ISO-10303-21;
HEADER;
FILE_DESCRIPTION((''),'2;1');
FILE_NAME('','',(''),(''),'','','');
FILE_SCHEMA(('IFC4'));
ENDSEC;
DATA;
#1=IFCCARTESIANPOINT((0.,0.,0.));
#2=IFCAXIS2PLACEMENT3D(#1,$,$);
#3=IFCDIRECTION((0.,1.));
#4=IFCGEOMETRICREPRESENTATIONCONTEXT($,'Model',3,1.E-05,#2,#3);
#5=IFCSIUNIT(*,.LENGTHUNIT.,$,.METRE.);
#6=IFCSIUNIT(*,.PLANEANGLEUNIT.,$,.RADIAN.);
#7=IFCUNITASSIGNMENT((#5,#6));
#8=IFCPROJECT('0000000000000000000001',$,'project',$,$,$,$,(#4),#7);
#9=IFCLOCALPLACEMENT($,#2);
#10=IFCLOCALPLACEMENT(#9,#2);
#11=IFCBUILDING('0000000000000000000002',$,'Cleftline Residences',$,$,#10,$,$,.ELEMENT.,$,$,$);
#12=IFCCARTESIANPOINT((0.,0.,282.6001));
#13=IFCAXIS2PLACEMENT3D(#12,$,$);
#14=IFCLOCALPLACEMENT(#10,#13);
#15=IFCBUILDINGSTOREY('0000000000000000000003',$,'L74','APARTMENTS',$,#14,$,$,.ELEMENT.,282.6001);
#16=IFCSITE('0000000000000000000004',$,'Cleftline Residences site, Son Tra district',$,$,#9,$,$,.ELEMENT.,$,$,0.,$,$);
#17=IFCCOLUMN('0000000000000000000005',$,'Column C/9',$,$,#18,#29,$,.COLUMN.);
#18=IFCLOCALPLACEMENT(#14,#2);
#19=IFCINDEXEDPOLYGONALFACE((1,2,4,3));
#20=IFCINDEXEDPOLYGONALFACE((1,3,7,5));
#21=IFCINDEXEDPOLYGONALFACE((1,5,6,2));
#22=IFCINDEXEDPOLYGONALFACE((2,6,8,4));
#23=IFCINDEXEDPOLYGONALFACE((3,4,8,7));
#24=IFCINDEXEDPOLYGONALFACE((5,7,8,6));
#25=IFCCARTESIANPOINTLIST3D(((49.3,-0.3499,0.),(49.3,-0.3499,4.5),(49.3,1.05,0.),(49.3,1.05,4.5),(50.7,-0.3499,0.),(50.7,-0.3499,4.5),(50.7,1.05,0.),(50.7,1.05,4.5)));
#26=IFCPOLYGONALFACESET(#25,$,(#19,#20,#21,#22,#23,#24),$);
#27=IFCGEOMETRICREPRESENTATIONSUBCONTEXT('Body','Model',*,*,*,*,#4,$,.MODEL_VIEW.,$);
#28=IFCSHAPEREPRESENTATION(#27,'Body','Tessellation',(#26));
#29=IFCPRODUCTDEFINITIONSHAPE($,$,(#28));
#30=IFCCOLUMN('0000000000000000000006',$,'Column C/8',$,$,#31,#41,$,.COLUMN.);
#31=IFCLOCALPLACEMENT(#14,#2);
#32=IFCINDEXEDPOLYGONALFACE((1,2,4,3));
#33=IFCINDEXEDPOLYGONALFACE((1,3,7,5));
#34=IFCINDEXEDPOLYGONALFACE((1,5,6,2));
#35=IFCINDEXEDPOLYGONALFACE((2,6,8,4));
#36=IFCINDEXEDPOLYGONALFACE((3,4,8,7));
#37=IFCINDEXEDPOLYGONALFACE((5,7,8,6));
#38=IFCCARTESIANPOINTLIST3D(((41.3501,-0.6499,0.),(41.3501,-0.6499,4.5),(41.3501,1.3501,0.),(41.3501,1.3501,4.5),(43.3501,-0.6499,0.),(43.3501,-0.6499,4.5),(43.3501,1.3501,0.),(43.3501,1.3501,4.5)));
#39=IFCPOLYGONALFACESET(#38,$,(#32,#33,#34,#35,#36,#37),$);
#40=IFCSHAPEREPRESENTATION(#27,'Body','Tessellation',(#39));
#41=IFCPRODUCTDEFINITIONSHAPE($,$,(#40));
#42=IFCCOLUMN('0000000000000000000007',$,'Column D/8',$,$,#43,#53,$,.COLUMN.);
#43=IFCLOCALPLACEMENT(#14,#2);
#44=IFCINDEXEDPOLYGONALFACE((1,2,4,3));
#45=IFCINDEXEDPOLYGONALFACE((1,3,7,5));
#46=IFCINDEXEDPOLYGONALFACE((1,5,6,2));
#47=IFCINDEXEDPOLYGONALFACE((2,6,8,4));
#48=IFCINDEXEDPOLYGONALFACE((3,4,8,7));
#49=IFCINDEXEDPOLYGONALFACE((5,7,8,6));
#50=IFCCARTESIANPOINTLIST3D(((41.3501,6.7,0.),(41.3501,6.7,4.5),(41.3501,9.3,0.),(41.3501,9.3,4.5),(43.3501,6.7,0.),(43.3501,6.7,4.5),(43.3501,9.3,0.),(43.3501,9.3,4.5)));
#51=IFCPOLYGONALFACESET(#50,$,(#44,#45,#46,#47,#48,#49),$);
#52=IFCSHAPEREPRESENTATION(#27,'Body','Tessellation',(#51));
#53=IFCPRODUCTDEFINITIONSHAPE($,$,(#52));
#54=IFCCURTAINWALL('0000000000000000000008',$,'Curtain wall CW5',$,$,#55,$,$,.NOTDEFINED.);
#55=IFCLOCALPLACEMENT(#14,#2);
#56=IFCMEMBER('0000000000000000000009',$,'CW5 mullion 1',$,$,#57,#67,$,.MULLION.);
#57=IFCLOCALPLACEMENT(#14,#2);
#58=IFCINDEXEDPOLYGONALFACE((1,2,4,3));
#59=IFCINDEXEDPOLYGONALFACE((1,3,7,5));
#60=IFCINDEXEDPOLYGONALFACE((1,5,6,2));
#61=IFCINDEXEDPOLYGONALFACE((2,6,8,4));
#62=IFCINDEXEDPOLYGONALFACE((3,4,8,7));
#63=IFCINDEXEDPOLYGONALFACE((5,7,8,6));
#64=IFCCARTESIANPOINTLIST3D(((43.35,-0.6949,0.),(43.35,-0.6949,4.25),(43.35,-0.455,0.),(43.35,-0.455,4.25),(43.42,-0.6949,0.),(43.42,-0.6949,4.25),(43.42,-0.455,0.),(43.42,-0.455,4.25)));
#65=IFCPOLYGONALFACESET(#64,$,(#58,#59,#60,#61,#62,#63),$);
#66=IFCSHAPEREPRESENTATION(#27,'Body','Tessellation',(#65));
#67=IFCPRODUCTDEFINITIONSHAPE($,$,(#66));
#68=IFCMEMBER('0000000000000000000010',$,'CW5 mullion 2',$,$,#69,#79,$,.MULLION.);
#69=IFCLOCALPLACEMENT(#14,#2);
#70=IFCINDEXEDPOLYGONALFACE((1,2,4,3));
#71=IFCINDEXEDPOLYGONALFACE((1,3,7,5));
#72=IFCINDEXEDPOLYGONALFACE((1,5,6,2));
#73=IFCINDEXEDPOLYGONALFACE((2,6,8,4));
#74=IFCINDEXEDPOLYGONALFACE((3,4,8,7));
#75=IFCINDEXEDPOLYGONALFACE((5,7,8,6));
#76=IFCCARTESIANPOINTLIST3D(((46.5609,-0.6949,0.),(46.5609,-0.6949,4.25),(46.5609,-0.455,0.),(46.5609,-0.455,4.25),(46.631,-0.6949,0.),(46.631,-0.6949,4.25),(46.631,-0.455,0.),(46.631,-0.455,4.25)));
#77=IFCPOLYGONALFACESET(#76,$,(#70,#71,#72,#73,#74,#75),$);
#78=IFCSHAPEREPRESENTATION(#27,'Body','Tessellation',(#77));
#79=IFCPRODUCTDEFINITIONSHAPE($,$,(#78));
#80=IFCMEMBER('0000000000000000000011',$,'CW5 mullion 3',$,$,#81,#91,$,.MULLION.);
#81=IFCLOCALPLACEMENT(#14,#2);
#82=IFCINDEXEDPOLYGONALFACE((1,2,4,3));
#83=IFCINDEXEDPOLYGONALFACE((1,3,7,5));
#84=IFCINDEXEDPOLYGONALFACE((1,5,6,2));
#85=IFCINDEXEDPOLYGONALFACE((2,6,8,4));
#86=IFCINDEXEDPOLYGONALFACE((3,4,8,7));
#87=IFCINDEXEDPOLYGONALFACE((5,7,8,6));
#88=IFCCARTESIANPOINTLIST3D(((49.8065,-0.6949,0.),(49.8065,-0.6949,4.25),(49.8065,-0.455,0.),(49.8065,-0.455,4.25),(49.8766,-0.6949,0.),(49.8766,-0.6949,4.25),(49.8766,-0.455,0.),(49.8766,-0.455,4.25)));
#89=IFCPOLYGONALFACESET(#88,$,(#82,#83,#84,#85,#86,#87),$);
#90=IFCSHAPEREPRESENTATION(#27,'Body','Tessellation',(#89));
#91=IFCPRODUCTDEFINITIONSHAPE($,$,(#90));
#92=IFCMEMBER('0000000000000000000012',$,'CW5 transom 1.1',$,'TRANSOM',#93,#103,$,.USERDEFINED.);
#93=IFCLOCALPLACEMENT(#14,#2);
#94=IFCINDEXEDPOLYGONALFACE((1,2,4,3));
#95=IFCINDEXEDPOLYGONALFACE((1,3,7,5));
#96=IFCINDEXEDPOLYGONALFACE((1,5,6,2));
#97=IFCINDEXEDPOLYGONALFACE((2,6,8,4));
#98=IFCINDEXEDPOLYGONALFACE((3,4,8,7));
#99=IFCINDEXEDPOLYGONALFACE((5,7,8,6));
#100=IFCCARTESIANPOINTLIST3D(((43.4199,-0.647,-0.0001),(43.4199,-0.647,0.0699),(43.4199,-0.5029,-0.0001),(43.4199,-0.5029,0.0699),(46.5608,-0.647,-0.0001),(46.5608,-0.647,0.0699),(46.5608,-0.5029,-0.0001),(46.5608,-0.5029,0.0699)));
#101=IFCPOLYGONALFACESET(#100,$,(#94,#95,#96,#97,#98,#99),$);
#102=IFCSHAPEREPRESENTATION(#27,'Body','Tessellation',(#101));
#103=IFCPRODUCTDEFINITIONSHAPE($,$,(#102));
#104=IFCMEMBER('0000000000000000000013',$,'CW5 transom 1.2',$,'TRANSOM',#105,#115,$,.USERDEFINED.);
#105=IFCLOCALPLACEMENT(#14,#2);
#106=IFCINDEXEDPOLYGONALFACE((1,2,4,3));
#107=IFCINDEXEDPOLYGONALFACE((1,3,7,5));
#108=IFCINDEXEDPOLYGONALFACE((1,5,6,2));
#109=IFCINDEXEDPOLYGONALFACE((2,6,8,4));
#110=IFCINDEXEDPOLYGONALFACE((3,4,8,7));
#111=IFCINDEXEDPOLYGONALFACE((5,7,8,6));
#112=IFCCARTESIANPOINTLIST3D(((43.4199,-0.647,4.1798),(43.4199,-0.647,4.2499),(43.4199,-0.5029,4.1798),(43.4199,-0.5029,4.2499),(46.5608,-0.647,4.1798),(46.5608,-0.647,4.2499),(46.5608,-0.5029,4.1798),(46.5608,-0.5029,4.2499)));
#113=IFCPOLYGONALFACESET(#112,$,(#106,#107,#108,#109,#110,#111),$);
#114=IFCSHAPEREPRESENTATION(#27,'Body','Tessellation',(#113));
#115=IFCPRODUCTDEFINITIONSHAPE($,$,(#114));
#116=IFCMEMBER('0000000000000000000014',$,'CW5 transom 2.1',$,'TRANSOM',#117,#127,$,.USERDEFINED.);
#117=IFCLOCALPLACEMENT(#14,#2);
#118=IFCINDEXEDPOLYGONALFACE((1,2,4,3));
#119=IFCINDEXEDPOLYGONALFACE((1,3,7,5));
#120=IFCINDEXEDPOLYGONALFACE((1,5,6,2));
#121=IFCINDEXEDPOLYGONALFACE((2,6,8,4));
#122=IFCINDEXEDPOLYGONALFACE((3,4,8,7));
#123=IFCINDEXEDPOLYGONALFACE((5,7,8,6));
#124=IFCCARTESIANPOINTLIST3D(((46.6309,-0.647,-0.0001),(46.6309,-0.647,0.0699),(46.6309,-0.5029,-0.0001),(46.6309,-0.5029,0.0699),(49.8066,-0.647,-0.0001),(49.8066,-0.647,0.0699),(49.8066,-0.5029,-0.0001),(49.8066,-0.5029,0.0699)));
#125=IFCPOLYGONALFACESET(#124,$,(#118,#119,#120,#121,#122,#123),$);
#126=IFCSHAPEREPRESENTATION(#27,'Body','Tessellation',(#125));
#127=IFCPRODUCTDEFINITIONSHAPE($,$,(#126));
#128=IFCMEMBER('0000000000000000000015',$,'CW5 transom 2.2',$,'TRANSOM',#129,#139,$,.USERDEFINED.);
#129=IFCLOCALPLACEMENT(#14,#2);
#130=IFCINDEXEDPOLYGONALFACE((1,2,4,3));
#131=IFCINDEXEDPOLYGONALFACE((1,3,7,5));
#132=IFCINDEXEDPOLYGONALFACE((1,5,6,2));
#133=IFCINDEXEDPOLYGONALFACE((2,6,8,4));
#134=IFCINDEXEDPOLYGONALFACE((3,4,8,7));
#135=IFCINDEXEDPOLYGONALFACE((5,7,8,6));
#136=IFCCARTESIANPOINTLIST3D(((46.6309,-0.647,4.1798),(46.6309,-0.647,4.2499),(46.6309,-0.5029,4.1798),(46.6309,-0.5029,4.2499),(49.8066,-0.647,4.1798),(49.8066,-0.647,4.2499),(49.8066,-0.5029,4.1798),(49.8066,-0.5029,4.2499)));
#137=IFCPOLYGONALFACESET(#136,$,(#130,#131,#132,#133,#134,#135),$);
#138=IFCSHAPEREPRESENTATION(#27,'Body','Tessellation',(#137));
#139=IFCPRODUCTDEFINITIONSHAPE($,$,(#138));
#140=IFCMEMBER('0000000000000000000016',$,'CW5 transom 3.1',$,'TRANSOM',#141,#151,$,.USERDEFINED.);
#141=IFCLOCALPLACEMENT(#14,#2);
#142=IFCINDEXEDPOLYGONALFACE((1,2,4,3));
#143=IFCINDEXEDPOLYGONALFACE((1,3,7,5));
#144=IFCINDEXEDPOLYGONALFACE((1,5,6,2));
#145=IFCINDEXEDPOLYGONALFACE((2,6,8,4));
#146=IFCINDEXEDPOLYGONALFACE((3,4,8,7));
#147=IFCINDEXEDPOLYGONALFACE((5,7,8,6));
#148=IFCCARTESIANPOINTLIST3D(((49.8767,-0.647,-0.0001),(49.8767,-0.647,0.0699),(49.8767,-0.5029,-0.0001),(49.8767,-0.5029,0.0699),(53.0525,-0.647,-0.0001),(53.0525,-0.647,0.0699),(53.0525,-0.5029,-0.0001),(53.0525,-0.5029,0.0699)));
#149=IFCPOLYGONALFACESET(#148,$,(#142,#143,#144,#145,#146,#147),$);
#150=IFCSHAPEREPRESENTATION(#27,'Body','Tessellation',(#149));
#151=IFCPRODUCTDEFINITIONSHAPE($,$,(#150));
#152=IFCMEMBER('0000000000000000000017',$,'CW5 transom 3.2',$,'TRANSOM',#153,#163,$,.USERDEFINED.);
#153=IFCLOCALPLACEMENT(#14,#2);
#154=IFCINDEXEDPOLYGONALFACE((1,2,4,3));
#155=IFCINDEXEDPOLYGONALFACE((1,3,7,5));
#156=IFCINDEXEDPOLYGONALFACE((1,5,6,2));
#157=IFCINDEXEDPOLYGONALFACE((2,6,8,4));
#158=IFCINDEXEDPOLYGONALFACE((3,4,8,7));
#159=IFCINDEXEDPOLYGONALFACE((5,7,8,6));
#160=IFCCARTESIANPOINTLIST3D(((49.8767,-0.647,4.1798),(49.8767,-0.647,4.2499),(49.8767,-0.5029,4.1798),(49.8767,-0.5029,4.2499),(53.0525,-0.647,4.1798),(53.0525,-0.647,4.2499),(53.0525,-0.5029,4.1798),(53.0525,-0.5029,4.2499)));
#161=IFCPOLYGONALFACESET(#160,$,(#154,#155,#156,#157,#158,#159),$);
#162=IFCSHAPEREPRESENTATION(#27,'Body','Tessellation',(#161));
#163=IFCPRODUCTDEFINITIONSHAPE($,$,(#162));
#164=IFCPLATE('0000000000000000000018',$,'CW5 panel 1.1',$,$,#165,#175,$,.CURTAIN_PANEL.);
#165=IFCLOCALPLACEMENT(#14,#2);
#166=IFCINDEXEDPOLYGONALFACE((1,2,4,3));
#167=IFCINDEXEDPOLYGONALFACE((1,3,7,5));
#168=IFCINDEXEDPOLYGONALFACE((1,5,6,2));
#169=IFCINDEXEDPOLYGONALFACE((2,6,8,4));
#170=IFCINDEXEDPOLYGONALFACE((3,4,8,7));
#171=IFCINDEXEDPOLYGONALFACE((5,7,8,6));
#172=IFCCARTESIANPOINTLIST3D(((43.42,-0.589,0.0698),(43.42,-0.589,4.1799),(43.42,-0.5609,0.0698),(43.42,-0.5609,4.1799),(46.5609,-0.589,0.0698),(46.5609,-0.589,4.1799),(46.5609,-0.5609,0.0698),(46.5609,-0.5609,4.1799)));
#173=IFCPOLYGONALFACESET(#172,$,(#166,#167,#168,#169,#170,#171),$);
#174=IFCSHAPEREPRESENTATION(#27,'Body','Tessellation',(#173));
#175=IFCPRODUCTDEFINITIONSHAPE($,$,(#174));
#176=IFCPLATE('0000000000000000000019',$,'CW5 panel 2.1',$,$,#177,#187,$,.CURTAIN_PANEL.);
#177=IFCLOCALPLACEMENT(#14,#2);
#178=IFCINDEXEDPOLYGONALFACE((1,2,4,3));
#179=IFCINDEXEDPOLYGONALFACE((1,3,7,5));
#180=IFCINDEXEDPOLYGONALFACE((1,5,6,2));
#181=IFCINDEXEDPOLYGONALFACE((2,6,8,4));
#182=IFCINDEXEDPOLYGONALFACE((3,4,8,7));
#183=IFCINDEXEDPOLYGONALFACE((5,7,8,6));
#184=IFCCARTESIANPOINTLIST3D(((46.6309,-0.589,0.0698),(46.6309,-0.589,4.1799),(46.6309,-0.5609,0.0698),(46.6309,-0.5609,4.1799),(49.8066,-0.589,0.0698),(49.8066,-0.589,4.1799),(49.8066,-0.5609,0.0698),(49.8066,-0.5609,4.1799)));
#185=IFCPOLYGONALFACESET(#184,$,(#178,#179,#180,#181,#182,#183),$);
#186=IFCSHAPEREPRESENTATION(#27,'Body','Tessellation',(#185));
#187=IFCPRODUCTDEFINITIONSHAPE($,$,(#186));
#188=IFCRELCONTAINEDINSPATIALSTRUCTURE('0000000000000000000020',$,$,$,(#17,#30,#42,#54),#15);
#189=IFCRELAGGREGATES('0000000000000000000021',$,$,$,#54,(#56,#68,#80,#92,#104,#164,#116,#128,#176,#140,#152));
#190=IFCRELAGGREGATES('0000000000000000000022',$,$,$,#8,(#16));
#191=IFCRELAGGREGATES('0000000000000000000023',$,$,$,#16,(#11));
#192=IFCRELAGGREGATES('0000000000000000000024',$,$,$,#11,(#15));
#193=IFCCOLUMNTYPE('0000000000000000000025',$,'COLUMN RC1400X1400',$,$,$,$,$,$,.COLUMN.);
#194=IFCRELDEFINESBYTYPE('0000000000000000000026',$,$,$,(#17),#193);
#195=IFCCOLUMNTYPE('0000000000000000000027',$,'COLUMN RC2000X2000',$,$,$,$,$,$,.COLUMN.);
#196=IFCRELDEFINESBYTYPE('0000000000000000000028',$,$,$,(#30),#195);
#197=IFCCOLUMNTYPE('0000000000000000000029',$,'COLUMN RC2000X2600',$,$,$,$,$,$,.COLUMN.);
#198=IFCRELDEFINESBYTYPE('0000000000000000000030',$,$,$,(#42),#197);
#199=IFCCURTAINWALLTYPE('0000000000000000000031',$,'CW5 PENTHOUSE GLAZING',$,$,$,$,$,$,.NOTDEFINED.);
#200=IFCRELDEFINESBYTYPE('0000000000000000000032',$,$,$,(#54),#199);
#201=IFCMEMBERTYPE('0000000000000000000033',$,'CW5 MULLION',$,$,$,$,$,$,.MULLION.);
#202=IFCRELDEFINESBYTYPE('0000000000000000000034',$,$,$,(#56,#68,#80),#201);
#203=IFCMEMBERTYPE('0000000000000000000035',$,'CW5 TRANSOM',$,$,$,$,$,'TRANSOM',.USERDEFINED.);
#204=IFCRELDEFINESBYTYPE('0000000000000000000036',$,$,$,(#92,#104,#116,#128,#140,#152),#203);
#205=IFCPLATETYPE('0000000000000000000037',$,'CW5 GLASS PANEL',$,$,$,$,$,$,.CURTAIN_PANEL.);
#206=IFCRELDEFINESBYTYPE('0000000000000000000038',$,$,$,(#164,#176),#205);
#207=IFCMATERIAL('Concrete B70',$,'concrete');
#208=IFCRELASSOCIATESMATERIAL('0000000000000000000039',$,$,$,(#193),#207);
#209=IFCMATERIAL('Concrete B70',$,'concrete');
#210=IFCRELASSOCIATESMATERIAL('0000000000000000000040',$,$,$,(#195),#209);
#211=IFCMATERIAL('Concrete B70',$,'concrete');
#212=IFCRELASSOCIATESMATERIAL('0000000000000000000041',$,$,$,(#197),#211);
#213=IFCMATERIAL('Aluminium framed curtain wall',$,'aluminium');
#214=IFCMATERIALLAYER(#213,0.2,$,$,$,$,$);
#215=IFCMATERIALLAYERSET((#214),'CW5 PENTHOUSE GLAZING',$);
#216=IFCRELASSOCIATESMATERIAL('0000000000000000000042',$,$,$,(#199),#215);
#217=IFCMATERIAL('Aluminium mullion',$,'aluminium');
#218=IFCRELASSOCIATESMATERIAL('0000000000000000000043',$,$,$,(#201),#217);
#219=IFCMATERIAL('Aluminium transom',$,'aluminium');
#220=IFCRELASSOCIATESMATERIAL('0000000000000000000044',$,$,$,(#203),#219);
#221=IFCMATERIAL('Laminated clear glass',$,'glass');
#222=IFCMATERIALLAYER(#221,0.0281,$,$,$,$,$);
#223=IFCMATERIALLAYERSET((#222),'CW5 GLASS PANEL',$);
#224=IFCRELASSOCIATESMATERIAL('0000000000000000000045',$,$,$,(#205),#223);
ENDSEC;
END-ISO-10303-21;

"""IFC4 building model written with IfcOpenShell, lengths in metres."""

from ifc_helpers import new_model, si_unit, direction, frame, origin, origin_2d, place, context, subcontext, project, spatial, rectangle, extrude, material, layer, layer_set, material_profile, profile_set, type_object, element, aggregate, save


model = new_model("IFC4")

# Units and contexts
model_context = context("Model", 3, precision=1e-05, world=origin(), true_north=direction((0.0, 1.0)))
body_context = subcontext(model_context, "Body", "Model", "MODEL_VIEW")
ifc_project = project(units=[si_unit("LENGTHUNIT", "METRE"), si_unit("PLANEANGLEUNIT", "RADIAN")], contexts=[model_context])

# Site, building, storey
site_placement = place(None, origin())
site = spatial("IfcSite", under=ifc_project, at=site_placement, Name="Cleftline Residences site, Son Tra district", CompositionType="ELEMENT", RefElevation=0.0)
building_placement = place(site_placement, origin())
building = spatial("IfcBuilding", under=site, at=building_placement, Name="Cleftline Residences", CompositionType="ELEMENT")
storey_placement = place(building_placement, frame((0.0, 0.0, 282.6001)))
storey = spatial("IfcBuildingStorey", under=building, at=storey_placement, Name="L74", Description="APARTMENTS", CompositionType="ELEMENT", Elevation=282.6001)

# Columns
ifc_material_1 = material(Name="Concrete B70", Category="concrete")
ifc_material_profile_1 = material_profile(ifc_material_1, rectangle(XDim=1.3999, YDim=1.3999, at=origin_2d()))
ifc_profile_set_1 = profile_set([ifc_material_profile_1], Name="Concrete B70")
column_type_1 = type_object("IfcColumnType", Name="COLUMN RC1400X1400", PredefinedType="COLUMN", material=ifc_profile_set_1)
column_1_placement = place(storey_placement, frame((50.0, 0.3501, 0.0), z_axis=(0.0, 0.0, 1.0), x_axis=(1.0, 0.0, 0.0)))
element("IfcColumn", 1, at=column_1_placement, inside=storey, type_object=column_type_1, Name="Column C/9", PredefinedType="COLUMN", context=body_context, shape_type="SweptSolid", body=[
    extrude(rectangle(XDim=1.3999, YDim=1.3999, at=origin_2d()), origin(), (0.0, 0.0, 1.0), 4.5),
])
ifc_material_2 = material(Name="Concrete B70", Category="concrete")
ifc_material_profile_2 = material_profile(ifc_material_2, rectangle(XDim=2.0, YDim=2.0, at=origin_2d()))
ifc_profile_set_2 = profile_set([ifc_material_profile_2], Name="Concrete B70")
column_type_2 = type_object("IfcColumnType", Name="COLUMN RC2000X2000", PredefinedType="COLUMN", material=ifc_profile_set_2)
column_2_placement = place(storey_placement, frame((42.3501, 0.3501, 0.0), z_axis=(0.0, 0.0, 1.0), x_axis=(1.0, 0.0, 0.0)))
element("IfcColumn", 2, at=column_2_placement, inside=storey, type_object=column_type_2, Name="Column C/8", PredefinedType="COLUMN", context=body_context, shape_type="SweptSolid", body=[
    extrude(rectangle(XDim=2.0, YDim=2.0, at=origin_2d()), origin(), (0.0, 0.0, 1.0), 4.5),
])
ifc_material_3 = material(Name="Concrete B70", Category="concrete")
ifc_material_profile_3 = material_profile(ifc_material_3, rectangle(XDim=2.0, YDim=2.6001, at=origin_2d()))
ifc_profile_set_3 = profile_set([ifc_material_profile_3], Name="Concrete B70")
column_type_3 = type_object("IfcColumnType", Name="COLUMN RC2000X2600", PredefinedType="COLUMN", material=ifc_profile_set_3)
column_3_placement = place(storey_placement, frame((42.3501, 8.0, 0.0), z_axis=(0.0, 0.0, 1.0), x_axis=(1.0, 0.0, 0.0)))
element("IfcColumn", 3, at=column_3_placement, inside=storey, type_object=column_type_3, Name="Column D/8", PredefinedType="COLUMN", context=body_context, shape_type="SweptSolid", body=[
    extrude(rectangle(XDim=2.0, YDim=2.6001, at=origin_2d()), origin(), (0.0, 0.0, 1.0), 4.5),
])

# Curtain wall, members, plates
ifc_material_4 = material(Name="Aluminium framed curtain wall", Category="aluminium")
ifc_layer_1 = layer(ifc_material_4, 0.2)
ifc_layer_set_1 = layer_set([ifc_layer_1], Name="CW5 PENTHOUSE GLAZING")
curtain_wall_type = type_object("IfcCurtainWallType", Name="CW5 PENTHOUSE GLAZING", PredefinedType="NOTDEFINED", material=ifc_layer_set_1)
curtain_wall_placement = place(storey_placement, origin())
curtain_wall = element("IfcCurtainWall", 4, at=curtain_wall_placement, inside=storey, type_object=curtain_wall_type, Name="Curtain wall CW5", PredefinedType="NOTDEFINED")
ifc_material_5 = material(Name="Aluminium mullion", Category="aluminium")
ifc_material_profile_4 = material_profile(ifc_material_5, rectangle(XDim=0.24, YDim=0.0701, at=origin_2d()))
ifc_profile_set_4 = profile_set([ifc_material_profile_4], Name="Aluminium mullion")
member_type_1 = type_object("IfcMemberType", Name="CW5 MULLION", PredefinedType="MULLION", material=ifc_profile_set_4)
member_1_placement = place(storey_placement, frame((43.385, -0.575, 0.0), z_axis=(0.0, 0.0, 1.0), x_axis=(0.0, 1.0, 0.0)))
member_1 = element("IfcMember", 5, at=member_1_placement, type_object=member_type_1, Name="CW5 mullion 1", PredefinedType="MULLION", context=body_context, shape_type="SweptSolid", body=[
    extrude(rectangle(XDim=0.24, YDim=0.0701, at=origin_2d()), origin(), (0.0, 0.0, 1.0), 4.25),
])
member_2_placement = place(storey_placement, frame((46.5959, -0.575, 0.0), z_axis=(0.0, 0.0, 1.0), x_axis=(0.0, 1.0, 0.0)))
member_2 = element("IfcMember", 6, at=member_2_placement, type_object=member_type_1, Name="CW5 mullion 2", PredefinedType="MULLION", context=body_context, shape_type="SweptSolid", body=[
    extrude(rectangle(XDim=0.24, YDim=0.0701, at=origin_2d()), origin(), (0.0, 0.0, 1.0), 4.25),
])
member_3_placement = place(storey_placement, frame((49.8416, -0.575, 0.0), z_axis=(0.0, 0.0, 1.0), x_axis=(0.0, 1.0, 0.0)))
member_3 = element("IfcMember", 7, at=member_3_placement, type_object=member_type_1, Name="CW5 mullion 3", PredefinedType="MULLION", context=body_context, shape_type="SweptSolid", body=[
    extrude(rectangle(XDim=0.24, YDim=0.0701, at=origin_2d()), origin(), (0.0, 0.0, 1.0), 4.25),
])
ifc_material_6 = material(Name="Aluminium transom", Category="aluminium")
ifc_material_profile_5 = material_profile(ifc_material_6, rectangle(XDim=0.144, YDim=0.0701, at=origin_2d()))
ifc_profile_set_5 = profile_set([ifc_material_profile_5], Name="Aluminium transom")
member_type_2 = type_object("IfcMemberType", Name="CW5 TRANSOM", ElementType="TRANSOM", PredefinedType="USERDEFINED", material=ifc_profile_set_5)
member_4_placement = place(storey_placement, frame((43.4199, -0.575, 0.0349), z_axis=(1.0, 0.0, 0.0), x_axis=(0.0, 1.0, 0.0)))
member_4 = element("IfcMember", 8, at=member_4_placement, type_object=member_type_2, Name="CW5 transom 1.1", ObjectType="TRANSOM", PredefinedType="USERDEFINED", context=body_context, shape_type="SweptSolid", body=[
    extrude(rectangle(XDim=0.144, YDim=0.0701, at=origin_2d()), origin(), (0.0, 0.0, 1.0), 3.1409),
])
member_5_placement = place(storey_placement, frame((43.4199, -0.575, 4.2148), z_axis=(1.0, 0.0, 0.0), x_axis=(0.0, 1.0, 0.0)))
member_5 = element("IfcMember", 9, at=member_5_placement, type_object=member_type_2, Name="CW5 transom 1.2", ObjectType="TRANSOM", PredefinedType="USERDEFINED", context=body_context, shape_type="SweptSolid", body=[
    extrude(rectangle(XDim=0.144, YDim=0.0701, at=origin_2d()), origin(), (0.0, 0.0, 1.0), 3.1409),
])
member_6_placement = place(storey_placement, frame((46.6309, -0.575, 0.0349), z_axis=(1.0, 0.0, 0.0), x_axis=(0.0, 1.0, 0.0)))
member_6 = element("IfcMember", 10, at=member_6_placement, type_object=member_type_2, Name="CW5 transom 2.1", ObjectType="TRANSOM", PredefinedType="USERDEFINED", context=body_context, shape_type="SweptSolid", body=[
    extrude(rectangle(XDim=0.144, YDim=0.0701, at=origin_2d()), origin(), (0.0, 0.0, 1.0), 3.1758),
])
member_7_placement = place(storey_placement, frame((46.6309, -0.575, 4.2148), z_axis=(1.0, 0.0, 0.0), x_axis=(0.0, 1.0, 0.0)))
member_7 = element("IfcMember", 11, at=member_7_placement, type_object=member_type_2, Name="CW5 transom 2.2", ObjectType="TRANSOM", PredefinedType="USERDEFINED", context=body_context, shape_type="SweptSolid", body=[
    extrude(rectangle(XDim=0.144, YDim=0.0701, at=origin_2d()), origin(), (0.0, 0.0, 1.0), 3.1758),
])
member_8_placement = place(storey_placement, frame((49.8767, -0.575, 0.0349), z_axis=(1.0, 0.0, 0.0), x_axis=(0.0, 1.0, 0.0)))
member_8 = element("IfcMember", 12, at=member_8_placement, type_object=member_type_2, Name="CW5 transom 3.1", ObjectType="TRANSOM", PredefinedType="USERDEFINED", context=body_context, shape_type="SweptSolid", body=[
    extrude(rectangle(XDim=0.144, YDim=0.0701, at=origin_2d()), origin(), (0.0, 0.0, 1.0), 3.1758),
])
member_9_placement = place(storey_placement, frame((49.8767, -0.575, 4.2148), z_axis=(1.0, 0.0, 0.0), x_axis=(0.0, 1.0, 0.0)))
member_9 = element("IfcMember", 13, at=member_9_placement, type_object=member_type_2, Name="CW5 transom 3.2", ObjectType="TRANSOM", PredefinedType="USERDEFINED", context=body_context, shape_type="SweptSolid", body=[
    extrude(rectangle(XDim=0.144, YDim=0.0701, at=origin_2d()), origin(), (0.0, 0.0, 1.0), 3.1758),
])
ifc_material_7 = material(Name="Laminated clear glass", Category="glass")
ifc_layer_2 = layer(ifc_material_7, 0.0281)
ifc_layer_set_2 = layer_set([ifc_layer_2], Name="CW5 GLASS PANEL")
plate_type = type_object("IfcPlateType", Name="CW5 GLASS PANEL", PredefinedType="CURTAIN_PANEL", material=ifc_layer_set_2)
plate_1_placement = place(storey_placement, frame((44.9905, -0.575, 0.0698), z_axis=(0.0, 0.0, 1.0), x_axis=(1.0, 0.0, 0.0)))
plate_1 = element("IfcPlate", 14, at=plate_1_placement, type_object=plate_type, Name="CW5 panel 1.1", PredefinedType="CURTAIN_PANEL", context=body_context, shape_type="SweptSolid", body=[
    extrude(rectangle(XDim=3.1409, YDim=0.0281, at=origin_2d()), origin(), (0.0, 0.0, 1.0), 4.1101),
])
plate_2_placement = place(storey_placement, frame((48.2188, -0.575, 0.0698), z_axis=(0.0, 0.0, 1.0), x_axis=(1.0, 0.0, 0.0)))
plate_2 = element("IfcPlate", 15, at=plate_2_placement, type_object=plate_type, Name="CW5 panel 2.1", PredefinedType="CURTAIN_PANEL", context=body_context, shape_type="SweptSolid", body=[
    extrude(rectangle(XDim=3.1758, YDim=0.0281, at=origin_2d()), origin(), (0.0, 0.0, 1.0), 4.1101),
])
aggregate(curtain_wall, [member_1, member_2, member_3, member_4, member_5, plate_1, member_6, member_7, plate_2, member_8, member_9])

save(model, "model.ifc")
